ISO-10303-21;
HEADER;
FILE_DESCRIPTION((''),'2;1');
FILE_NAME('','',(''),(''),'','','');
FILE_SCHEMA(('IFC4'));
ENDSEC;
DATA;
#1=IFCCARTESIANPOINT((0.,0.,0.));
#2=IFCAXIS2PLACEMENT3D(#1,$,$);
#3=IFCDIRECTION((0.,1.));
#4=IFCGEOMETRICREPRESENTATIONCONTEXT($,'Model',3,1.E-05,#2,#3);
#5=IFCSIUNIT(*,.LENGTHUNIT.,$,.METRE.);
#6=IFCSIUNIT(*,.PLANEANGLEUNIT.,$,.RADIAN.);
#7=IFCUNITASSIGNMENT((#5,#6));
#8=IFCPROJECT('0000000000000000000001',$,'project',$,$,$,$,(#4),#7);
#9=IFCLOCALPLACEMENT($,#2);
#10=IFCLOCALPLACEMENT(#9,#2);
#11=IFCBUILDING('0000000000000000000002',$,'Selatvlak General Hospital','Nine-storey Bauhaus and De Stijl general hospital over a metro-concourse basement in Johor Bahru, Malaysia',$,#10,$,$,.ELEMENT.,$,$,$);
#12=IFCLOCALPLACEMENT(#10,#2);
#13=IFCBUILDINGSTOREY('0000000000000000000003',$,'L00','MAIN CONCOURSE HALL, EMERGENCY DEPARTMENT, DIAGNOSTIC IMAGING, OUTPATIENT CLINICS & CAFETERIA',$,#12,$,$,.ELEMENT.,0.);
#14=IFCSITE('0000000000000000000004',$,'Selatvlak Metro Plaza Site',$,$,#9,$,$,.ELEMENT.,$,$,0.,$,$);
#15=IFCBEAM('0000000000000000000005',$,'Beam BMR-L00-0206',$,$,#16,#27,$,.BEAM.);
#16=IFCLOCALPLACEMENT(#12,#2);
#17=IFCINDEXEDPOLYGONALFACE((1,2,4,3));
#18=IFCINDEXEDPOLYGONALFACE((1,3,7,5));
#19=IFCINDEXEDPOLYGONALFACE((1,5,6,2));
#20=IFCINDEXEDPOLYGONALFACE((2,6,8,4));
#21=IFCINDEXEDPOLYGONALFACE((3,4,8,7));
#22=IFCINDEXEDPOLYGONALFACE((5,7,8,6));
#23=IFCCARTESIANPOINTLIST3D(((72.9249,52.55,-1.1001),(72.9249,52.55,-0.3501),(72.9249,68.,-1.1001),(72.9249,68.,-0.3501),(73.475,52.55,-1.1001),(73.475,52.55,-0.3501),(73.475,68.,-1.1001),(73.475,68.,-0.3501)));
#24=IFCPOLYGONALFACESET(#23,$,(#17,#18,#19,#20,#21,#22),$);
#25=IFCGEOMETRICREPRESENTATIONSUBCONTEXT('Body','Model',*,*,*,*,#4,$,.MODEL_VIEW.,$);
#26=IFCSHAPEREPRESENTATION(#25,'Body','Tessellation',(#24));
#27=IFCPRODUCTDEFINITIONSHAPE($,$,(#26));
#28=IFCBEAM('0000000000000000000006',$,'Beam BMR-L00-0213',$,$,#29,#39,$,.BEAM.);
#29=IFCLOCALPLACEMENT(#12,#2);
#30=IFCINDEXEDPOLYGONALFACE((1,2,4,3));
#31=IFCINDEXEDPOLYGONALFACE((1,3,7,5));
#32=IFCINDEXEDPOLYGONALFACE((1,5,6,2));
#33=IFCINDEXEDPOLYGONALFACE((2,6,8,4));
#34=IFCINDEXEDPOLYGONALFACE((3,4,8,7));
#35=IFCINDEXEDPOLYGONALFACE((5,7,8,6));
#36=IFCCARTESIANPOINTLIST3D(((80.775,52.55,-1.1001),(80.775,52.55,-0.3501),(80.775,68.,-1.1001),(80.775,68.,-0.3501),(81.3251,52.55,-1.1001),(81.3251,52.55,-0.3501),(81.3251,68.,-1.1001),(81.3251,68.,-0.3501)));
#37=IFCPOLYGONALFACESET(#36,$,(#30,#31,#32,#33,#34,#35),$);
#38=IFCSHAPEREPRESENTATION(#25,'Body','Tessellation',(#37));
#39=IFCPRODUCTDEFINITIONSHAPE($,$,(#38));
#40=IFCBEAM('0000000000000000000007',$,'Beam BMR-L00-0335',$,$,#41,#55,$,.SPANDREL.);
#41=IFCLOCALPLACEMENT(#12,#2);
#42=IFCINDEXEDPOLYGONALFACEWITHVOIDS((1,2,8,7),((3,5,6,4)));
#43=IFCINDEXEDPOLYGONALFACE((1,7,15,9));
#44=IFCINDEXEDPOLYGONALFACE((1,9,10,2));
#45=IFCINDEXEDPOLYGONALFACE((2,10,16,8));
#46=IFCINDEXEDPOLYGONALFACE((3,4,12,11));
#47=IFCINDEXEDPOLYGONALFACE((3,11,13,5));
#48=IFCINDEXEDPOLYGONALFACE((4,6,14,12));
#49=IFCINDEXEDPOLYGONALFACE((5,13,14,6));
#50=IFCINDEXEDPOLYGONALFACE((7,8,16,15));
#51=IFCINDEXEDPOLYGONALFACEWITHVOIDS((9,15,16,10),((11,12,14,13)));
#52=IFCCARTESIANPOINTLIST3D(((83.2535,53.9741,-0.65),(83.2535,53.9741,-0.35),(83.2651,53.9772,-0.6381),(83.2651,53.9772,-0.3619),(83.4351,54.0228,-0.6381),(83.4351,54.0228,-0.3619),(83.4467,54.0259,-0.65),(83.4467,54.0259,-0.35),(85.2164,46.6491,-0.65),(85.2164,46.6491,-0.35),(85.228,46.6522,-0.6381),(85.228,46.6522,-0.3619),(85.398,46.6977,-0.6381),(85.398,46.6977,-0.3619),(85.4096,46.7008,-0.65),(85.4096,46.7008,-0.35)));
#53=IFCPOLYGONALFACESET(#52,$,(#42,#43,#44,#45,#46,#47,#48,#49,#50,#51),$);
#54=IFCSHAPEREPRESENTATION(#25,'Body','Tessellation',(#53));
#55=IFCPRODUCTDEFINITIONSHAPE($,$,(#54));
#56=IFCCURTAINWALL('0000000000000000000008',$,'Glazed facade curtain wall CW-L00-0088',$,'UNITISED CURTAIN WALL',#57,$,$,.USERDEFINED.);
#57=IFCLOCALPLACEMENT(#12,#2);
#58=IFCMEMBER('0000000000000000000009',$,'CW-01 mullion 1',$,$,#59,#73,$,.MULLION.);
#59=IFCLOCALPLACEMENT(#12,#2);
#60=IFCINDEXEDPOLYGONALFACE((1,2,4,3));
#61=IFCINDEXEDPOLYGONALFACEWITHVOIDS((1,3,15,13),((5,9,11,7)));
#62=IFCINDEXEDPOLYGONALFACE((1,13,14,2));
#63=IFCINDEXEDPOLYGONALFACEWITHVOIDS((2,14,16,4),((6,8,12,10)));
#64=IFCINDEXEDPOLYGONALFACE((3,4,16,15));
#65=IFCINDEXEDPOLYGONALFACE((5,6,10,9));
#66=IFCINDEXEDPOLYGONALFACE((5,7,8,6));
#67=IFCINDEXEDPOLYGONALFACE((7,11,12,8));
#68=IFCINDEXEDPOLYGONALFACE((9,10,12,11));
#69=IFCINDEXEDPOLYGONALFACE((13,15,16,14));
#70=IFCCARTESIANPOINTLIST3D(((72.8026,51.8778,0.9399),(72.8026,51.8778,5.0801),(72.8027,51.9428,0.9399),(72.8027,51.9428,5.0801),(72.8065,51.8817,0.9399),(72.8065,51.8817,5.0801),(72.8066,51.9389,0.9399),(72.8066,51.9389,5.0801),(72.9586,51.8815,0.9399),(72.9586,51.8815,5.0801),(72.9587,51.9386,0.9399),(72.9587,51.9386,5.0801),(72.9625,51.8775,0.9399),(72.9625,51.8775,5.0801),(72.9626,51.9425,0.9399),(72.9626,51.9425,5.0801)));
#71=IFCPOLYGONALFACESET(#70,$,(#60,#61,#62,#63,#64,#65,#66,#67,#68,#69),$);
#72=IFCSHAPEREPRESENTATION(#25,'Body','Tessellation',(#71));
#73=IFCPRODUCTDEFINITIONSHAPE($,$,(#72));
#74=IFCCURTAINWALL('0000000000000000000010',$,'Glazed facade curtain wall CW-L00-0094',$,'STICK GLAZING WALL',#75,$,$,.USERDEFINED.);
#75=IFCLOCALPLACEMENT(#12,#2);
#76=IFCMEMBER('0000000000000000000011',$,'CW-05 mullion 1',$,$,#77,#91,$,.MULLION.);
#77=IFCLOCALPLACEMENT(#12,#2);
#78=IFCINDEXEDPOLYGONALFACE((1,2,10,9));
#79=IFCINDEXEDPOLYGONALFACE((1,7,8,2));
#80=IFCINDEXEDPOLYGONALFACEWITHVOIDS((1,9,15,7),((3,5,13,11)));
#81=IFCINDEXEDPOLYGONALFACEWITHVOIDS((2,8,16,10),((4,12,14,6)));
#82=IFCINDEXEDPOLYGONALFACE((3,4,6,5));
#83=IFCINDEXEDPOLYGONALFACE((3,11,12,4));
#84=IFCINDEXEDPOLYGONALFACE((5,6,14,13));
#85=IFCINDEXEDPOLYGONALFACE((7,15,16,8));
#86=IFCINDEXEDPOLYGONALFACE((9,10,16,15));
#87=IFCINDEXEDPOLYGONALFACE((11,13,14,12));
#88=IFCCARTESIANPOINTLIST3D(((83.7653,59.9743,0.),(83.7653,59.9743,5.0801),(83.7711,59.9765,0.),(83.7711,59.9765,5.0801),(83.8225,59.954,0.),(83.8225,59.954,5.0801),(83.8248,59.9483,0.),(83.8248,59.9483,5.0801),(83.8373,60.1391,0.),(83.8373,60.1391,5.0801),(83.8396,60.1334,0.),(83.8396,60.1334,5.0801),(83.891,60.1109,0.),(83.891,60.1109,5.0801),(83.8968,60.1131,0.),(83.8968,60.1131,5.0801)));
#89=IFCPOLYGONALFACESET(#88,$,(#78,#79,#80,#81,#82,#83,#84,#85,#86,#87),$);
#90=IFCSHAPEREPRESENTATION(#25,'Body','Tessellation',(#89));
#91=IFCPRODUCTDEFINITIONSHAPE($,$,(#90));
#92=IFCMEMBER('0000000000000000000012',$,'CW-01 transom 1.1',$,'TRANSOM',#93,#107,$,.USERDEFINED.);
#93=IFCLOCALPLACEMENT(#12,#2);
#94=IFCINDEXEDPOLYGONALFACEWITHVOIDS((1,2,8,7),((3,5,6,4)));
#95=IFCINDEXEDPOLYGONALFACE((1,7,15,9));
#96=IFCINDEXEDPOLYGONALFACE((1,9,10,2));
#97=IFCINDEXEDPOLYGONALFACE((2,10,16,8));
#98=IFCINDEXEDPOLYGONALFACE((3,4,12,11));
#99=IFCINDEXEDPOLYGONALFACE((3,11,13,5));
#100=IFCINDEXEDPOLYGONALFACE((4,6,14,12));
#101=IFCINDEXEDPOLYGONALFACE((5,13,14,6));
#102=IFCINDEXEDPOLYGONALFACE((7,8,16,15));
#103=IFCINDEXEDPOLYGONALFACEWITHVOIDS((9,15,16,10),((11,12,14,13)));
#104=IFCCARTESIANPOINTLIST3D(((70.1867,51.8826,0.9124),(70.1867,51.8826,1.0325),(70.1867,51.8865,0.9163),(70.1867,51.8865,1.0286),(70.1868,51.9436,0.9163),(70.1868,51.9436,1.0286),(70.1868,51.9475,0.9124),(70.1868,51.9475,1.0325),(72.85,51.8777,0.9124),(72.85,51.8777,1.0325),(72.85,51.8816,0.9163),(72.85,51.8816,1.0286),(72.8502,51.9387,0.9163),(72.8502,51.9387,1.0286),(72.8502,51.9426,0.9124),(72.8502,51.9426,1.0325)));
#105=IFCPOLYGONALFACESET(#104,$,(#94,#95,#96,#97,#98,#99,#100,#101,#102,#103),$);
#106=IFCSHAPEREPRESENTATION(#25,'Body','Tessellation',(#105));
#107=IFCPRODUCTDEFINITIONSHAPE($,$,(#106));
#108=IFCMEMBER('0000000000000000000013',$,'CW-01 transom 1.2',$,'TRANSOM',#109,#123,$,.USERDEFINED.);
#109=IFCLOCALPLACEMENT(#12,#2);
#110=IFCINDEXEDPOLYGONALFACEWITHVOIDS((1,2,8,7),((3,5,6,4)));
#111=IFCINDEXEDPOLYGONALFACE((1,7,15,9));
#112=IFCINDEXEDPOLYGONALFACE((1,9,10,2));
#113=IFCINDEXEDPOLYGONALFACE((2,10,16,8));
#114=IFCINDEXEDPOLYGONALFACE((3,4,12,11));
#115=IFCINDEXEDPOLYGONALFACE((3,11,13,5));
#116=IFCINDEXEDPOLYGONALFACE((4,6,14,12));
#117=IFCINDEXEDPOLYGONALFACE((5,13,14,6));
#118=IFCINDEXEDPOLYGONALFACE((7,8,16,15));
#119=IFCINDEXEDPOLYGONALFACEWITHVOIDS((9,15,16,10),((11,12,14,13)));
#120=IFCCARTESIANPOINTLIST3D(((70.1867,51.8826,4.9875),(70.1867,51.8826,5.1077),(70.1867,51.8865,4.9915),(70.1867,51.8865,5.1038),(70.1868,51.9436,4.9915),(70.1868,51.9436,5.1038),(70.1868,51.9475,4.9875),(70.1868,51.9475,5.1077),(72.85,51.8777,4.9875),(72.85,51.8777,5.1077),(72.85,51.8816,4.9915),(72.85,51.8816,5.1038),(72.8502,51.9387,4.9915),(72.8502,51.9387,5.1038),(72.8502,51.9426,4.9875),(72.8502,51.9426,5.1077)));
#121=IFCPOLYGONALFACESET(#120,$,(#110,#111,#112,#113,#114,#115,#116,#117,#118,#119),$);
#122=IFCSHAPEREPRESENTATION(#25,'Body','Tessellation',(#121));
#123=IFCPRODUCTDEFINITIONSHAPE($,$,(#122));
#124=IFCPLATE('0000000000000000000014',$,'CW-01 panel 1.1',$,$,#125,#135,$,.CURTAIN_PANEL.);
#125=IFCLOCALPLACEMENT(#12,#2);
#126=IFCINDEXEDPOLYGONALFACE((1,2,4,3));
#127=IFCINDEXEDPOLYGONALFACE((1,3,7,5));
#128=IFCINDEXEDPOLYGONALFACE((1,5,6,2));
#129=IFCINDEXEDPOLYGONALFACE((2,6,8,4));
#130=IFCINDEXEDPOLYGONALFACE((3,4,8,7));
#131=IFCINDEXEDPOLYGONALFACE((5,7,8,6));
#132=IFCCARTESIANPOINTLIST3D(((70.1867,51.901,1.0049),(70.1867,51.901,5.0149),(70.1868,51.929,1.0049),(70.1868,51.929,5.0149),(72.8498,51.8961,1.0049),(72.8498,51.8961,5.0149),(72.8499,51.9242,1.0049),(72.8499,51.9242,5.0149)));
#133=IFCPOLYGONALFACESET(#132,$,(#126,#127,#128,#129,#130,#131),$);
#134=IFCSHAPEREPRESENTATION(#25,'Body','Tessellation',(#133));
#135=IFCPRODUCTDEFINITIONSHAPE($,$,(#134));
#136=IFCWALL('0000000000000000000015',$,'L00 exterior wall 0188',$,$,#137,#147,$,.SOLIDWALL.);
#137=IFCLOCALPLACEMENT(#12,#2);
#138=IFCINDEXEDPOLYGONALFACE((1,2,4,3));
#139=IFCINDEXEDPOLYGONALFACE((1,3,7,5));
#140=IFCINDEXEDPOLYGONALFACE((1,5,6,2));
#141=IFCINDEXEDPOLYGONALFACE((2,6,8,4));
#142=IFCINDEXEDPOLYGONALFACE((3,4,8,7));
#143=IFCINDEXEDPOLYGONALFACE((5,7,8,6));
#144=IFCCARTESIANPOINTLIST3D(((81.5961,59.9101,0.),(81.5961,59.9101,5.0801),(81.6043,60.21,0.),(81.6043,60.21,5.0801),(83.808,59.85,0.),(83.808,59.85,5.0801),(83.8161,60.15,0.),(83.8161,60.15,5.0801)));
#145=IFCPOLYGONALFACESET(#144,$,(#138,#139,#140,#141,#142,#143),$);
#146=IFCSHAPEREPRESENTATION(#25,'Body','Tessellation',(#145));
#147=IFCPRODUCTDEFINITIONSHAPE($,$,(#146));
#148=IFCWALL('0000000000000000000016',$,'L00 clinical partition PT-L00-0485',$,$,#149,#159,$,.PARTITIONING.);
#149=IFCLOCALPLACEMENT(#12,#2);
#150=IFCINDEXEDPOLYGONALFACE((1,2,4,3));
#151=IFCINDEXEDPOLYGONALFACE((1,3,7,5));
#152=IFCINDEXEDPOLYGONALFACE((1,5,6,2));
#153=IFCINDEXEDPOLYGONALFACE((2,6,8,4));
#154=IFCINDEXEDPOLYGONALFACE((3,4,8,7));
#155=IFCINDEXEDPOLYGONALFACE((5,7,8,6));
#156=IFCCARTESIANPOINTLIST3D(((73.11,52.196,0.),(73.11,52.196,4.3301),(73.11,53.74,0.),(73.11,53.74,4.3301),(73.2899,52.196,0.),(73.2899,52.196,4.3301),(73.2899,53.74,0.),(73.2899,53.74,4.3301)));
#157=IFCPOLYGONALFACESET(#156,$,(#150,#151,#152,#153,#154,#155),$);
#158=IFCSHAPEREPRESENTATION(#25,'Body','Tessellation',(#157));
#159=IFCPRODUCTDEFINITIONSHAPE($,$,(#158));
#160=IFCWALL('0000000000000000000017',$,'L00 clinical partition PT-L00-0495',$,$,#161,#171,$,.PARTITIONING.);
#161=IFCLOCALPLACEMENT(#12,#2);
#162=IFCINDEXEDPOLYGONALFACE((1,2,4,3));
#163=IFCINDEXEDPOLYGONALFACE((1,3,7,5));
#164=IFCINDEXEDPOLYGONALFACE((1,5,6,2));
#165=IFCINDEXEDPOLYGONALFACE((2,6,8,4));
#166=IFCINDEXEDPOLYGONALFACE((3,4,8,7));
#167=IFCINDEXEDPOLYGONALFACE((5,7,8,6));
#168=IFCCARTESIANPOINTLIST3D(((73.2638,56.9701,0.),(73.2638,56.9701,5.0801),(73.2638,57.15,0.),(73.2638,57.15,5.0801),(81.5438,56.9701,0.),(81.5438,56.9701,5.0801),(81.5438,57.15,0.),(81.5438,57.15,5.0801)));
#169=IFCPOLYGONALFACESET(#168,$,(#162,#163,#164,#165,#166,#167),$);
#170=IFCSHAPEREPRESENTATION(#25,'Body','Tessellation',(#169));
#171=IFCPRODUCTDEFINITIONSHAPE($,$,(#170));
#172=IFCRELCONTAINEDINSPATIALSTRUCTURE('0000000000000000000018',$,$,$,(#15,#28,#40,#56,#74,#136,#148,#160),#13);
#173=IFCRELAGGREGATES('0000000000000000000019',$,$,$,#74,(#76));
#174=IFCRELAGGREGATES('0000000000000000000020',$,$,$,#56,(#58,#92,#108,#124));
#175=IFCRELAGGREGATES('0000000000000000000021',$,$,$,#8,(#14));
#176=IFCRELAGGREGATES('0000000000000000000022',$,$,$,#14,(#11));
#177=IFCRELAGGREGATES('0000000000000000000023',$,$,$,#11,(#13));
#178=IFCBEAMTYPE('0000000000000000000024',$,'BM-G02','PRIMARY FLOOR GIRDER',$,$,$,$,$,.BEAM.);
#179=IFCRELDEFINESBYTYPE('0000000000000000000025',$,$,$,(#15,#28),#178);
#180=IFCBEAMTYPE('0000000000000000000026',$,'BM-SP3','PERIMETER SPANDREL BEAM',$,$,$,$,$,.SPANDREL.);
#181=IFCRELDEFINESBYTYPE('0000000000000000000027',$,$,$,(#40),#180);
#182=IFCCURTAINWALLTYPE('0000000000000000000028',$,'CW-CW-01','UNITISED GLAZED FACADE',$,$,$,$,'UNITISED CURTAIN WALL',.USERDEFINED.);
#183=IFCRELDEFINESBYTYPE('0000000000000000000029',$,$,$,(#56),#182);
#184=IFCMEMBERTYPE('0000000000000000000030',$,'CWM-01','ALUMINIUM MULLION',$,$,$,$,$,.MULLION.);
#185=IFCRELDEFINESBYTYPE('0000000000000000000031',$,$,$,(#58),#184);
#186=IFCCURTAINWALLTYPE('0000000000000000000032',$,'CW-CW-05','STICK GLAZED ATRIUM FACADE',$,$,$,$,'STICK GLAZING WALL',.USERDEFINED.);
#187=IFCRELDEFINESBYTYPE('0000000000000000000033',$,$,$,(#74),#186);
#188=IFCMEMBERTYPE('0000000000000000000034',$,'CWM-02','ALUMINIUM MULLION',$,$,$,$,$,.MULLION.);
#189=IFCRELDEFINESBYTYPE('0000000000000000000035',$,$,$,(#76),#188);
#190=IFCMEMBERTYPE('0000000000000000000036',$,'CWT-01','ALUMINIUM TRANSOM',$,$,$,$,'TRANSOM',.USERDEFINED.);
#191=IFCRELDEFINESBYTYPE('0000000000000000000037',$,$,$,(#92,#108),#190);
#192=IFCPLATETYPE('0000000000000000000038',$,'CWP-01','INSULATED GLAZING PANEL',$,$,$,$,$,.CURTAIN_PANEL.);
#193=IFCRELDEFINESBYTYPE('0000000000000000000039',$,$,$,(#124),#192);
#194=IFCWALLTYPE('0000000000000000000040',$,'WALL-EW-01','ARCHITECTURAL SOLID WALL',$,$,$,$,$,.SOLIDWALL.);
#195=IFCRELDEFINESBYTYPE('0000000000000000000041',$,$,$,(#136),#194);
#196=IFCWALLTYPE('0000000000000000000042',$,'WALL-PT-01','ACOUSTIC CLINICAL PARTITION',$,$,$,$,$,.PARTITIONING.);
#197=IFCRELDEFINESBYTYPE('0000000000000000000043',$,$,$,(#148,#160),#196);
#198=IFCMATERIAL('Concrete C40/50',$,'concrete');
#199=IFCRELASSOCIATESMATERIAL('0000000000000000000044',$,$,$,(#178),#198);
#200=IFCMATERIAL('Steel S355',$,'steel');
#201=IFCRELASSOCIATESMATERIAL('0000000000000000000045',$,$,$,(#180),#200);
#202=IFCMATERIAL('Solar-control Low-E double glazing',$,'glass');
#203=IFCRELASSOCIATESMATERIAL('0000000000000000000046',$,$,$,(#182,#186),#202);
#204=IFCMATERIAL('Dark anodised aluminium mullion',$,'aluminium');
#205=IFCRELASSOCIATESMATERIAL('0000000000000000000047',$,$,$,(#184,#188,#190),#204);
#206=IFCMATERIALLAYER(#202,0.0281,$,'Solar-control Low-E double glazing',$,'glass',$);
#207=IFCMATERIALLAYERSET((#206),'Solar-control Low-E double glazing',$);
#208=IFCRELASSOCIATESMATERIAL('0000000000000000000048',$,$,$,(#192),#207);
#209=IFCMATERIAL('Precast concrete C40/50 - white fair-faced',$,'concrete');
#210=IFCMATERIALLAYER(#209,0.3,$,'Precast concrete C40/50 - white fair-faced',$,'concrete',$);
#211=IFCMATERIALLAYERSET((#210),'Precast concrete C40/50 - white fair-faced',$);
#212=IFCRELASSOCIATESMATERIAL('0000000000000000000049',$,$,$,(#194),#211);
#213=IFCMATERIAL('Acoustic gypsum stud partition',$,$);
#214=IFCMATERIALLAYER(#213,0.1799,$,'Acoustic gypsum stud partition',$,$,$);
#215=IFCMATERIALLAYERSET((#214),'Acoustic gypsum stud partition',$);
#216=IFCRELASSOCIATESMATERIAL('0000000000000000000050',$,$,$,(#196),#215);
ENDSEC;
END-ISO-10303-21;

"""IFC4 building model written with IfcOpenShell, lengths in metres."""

from ifc_helpers import new_model, si_unit, direction, frame, frame_2d, origin, origin_2d, place, context, subcontext, project, spatial, rectangle, hollow_rectangle, extrude, material, layer, layer_set, material_profile, profile_set, type_object, element, aggregate, save


model = new_model("IFC4")

# Units and contexts
model_context = context("Model", 3, precision=1e-05, world=origin(), true_north=direction((0.0, 1.0)))
body_context = subcontext(model_context, "Body", "Model", "MODEL_VIEW")
ifc_project = project(units=[si_unit("LENGTHUNIT", "METRE"), si_unit("PLANEANGLEUNIT", "RADIAN")], contexts=[model_context])

# Site, building, storey
site_placement = place(None, origin())
site = spatial("IfcSite", under=ifc_project, at=site_placement, Name="Selatvlak Metro Plaza Site", CompositionType="ELEMENT", RefElevation=0.0)
building_placement = place(site_placement, origin())
building = spatial("IfcBuilding", under=site, at=building_placement, Name="Selatvlak General Hospital", Description="Nine-storey Bauhaus and De Stijl general hospital over a metro-concourse basement in Johor Bahru, Malaysia", CompositionType="ELEMENT")
storey_placement = place(building_placement, origin())
storey = spatial("IfcBuildingStorey", under=building, at=storey_placement, Name="L00", Description="MAIN CONCOURSE HALL, EMERGENCY DEPARTMENT, DIAGNOSTIC IMAGING, OUTPATIENT CLINICS & CAFETERIA", CompositionType="ELEMENT", Elevation=0.0)

# Shared definitions
ifc_material_1 = material(Name="Steel S355", Category="steel")

# Beams
ifc_material_2 = material(Name="Concrete C40/50", Category="concrete")
ifc_material_profile_1 = material_profile(ifc_material_2, rectangle(XDim=0.55, YDim=0.75, at=origin_2d()), Name="RC-BM 550x750")
ifc_profile_set_1 = profile_set([ifc_material_profile_1], Name="Concrete C40/50")
beam_type_1 = type_object("IfcBeamType", Name="BM-G02", Description="PRIMARY FLOOR GIRDER", PredefinedType="BEAM", material=ifc_profile_set_1)
for number, where, z_axis, x_axis, name in (
    (1, (73.2, 52.55, -0.7251), (0.0, 1.0, 0.0), (-1.0, 0.0, 0.0), "Beam BMR-L00-0206"),
    (2, (81.05, 52.55, -0.7251), (0.0, 1.0, 0.0), (-1.0, 0.0, 0.0), "Beam BMR-L00-0213"),
):
    element("IfcBeam", number, at=place(storey_placement, frame(where, z_axis=z_axis, x_axis=x_axis)), inside=storey, type_object=beam_type_1, Name=name, PredefinedType="BEAM", context=body_context, shape_type="SweptSolid", body=[
        extrude(rectangle(XDim=0.55, YDim=0.75, at=origin_2d()), origin(), (0.0, 0.0, 1.0), 15.45),
    ])
ifc_material_profile_2 = material_profile(ifc_material_1, hollow_rectangle(XDim=0.2, YDim=0.3, WallThickness=0.012, at=origin_2d()), Name="RHS 300x200x12")
ifc_profile_set_2 = profile_set([ifc_material_profile_2], Name="Steel S355")
beam_type_2 = type_object("IfcBeamType", Name="BM-SP3", Description="PERIMETER SPANDREL BEAM", PredefinedType="SPANDREL", material=ifc_profile_set_2)
beam_1_placement = place(storey_placement, frame((83.3501, 54.0, -0.5), z_axis=(0.258841, -0.96592, 0.0), x_axis=(0.96592, 0.258841, 0.0)))
element("IfcBeam", 3, at=beam_1_placement, inside=storey, type_object=beam_type_2, Name="Beam BMR-L00-0335", PredefinedType="SPANDREL", context=body_context, shape_type="SweptSolid", body=[
    extrude(hollow_rectangle(XDim=0.2, YDim=0.3, WallThickness=0.012, at=origin_2d()), origin(), (0.0, 0.0, 1.0), 7.5835),
])

# Curtain walls, members
ifc_material_3 = material(Name="Solar-control Low-E double glazing", Category="glass")
curtain_wall_type_1 = type_object("IfcCurtainWallType", Name="CW-CW-01", Description="UNITISED GLAZED FACADE", ElementType="UNITISED CURTAIN WALL", PredefinedType="USERDEFINED", material=ifc_material_3)
curtain_wall_1_placement = place(storey_placement, origin())
curtain_wall_1 = element("IfcCurtainWall", 4, at=curtain_wall_1_placement, inside=storey, type_object=curtain_wall_type_1, Name="Glazed facade curtain wall CW-L00-0088", ObjectType="UNITISED CURTAIN WALL", PredefinedType="USERDEFINED")
ifc_material_4 = material(Name="Dark anodised aluminium mullion", Category="aluminium")
ifc_material_profile_3 = material_profile(ifc_material_4, hollow_rectangle(XDim=0.0649, YDim=0.1599, WallThickness=0.0039, at=origin_2d()), Name="AL-MUL 65x160x4")
ifc_profile_set_3 = profile_set([ifc_material_profile_3], Name="Dark anodised aluminium mullion")
member_type_1 = type_object("IfcMemberType", Name="CWM-01", Description="ALUMINIUM MULLION", PredefinedType="MULLION", material=ifc_profile_set_3)
member_1_placement = place(storey_placement, frame((72.8826, 51.9102, 0.9399), z_axis=(0.0, 0.0, 1.0), x_axis=(-0.001811, -0.999998, 0.0)))
member_1 = element("IfcMember", 5, at=member_1_placement, type_object=member_type_1, Name="CW-01 mullion 1", PredefinedType="MULLION", context=body_context, shape_type="SweptSolid", body=[
    extrude(hollow_rectangle(XDim=0.0649, YDim=0.1599, WallThickness=0.0039, at=origin_2d()), origin(), (0.0, 0.0, 1.0), 4.1401),
])
curtain_wall_type_2 = type_object("IfcCurtainWallType", Name="CW-CW-05", Description="STICK GLAZED ATRIUM FACADE", ElementType="STICK GLAZING WALL", PredefinedType="USERDEFINED", material=ifc_material_3)
curtain_wall_2_placement = place(storey_placement, origin())
curtain_wall_2 = element("IfcCurtainWall", 6, at=curtain_wall_2_placement, inside=storey, type_object=curtain_wall_type_2, Name="Glazed facade curtain wall CW-L00-0094", ObjectType="STICK GLAZING WALL", PredefinedType="USERDEFINED")
ifc_material_profile_4 = material_profile(ifc_material_4, hollow_rectangle(XDim=0.0649, YDim=0.1799, WallThickness=0.0044, at=origin_2d()), Name="AL-MUL 65x180x4.5")
ifc_profile_set_4 = profile_set([ifc_material_profile_4], Name="Dark anodised aluminium mullion")
member_type_2 = type_object("IfcMemberType", Name="CWM-02", Description="ALUMINIUM MULLION", PredefinedType="MULLION", material=ifc_profile_set_4)
member_2_placement = place(storey_placement, frame((83.8311, 60.0437, 0.0), z_axis=(0.0, 0.0, 1.0), x_axis=(-0.916341, 0.4004, 0.0)))
member_2 = element("IfcMember", 7, at=member_2_placement, type_object=member_type_2, Name="CW-05 mullion 1", PredefinedType="MULLION", context=body_context, shape_type="SweptSolid", body=[
    extrude(hollow_rectangle(XDim=0.0649, YDim=0.1799, WallThickness=0.0044, at=origin_2d()), origin(), (0.0, 0.0, 1.0), 5.0801),
])
aggregate(curtain_wall_2, [member_2])

# Members
ifc_material_profile_5 = material_profile(ifc_material_4, hollow_rectangle(XDim=0.0649, YDim=0.1201, WallThickness=0.0039, at=origin_2d()), Name="AL-TRN 65x120x4")
ifc_profile_set_5 = profile_set([ifc_material_profile_5], Name="Dark anodised aluminium mullion")
member_type_3 = type_object("IfcMemberType", Name="CWT-01", Description="ALUMINIUM TRANSOM", ElementType="TRANSOM", PredefinedType="USERDEFINED", material=ifc_profile_set_5)
member_3_placement = place(storey_placement, frame((72.8501, 51.9102, 0.9724), z_axis=(-0.999998, 0.001833, 0.0), x_axis=(-0.001833, -0.999998, 0.0)))
member_3 = element("IfcMember", 8, at=member_3_placement, type_object=member_type_3, Name="CW-01 transom 1.1", ObjectType="TRANSOM", PredefinedType="USERDEFINED", context=body_context, shape_type="SweptSolid", body=[
    extrude(hollow_rectangle(XDim=0.0649, YDim=0.1201, WallThickness=0.0039, at=origin_2d()), origin(), (0.0, 0.0, 1.0), 2.6633),
])
member_4_placement = place(storey_placement, frame((72.8501, 51.9102, 5.0476), z_axis=(-0.999998, 0.001833, 0.0), x_axis=(-0.001833, -0.999998, 0.0)))
member_4 = element("IfcMember", 9, at=member_4_placement, type_object=member_type_3, Name="CW-01 transom 1.2", ObjectType="TRANSOM", PredefinedType="USERDEFINED", context=body_context, shape_type="SweptSolid", body=[
    extrude(hollow_rectangle(XDim=0.0649, YDim=0.1201, WallThickness=0.0039, at=origin_2d()), origin(), (0.0, 0.0, 1.0), 2.6633),
])

# Plate
ifc_layer_1 = layer(ifc_material_3, 0.0281, Name="Solar-control Low-E double glazing", Category="glass")
ifc_layer_set_1 = layer_set([ifc_layer_1], Name="Solar-control Low-E double glazing")
plate_type = type_object("IfcPlateType", Name="CWP-01", Description="INSULATED GLAZING PANEL", PredefinedType="CURTAIN_PANEL", material=ifc_layer_set_1)
plate_placement = place(storey_placement, frame((71.5183, 51.9126, 1.0049), z_axis=(0.0, 0.0, 1.0), x_axis=(-0.999998, 0.001811, 0.0)))
plate = element("IfcPlate", 10, at=plate_placement, type_object=plate_type, Name="CW-01 panel 1.1", PredefinedType="CURTAIN_PANEL", context=body_context, shape_type="SweptSolid", body=[
    extrude(rectangle(XDim=2.6631, YDim=0.0281, at=origin_2d()), origin(), (0.0, 0.0, 1.0), 4.01),
])
aggregate(curtain_wall_1, [member_1, member_3, member_4, plate])

# Walls
ifc_material_5 = material(Name="Precast concrete C40/50 - white fair-faced", Category="concrete")
ifc_layer_2 = layer(ifc_material_5, 0.3, Name="Precast concrete C40/50 - white fair-faced", Category="concrete")
ifc_layer_set_2 = layer_set([ifc_layer_2], Name="Precast concrete C40/50 - white fair-faced")
wall_type_1 = type_object("IfcWallType", Name="WALL-EW-01", Description="ARCHITECTURAL SOLID WALL", PredefinedType="SOLIDWALL", material=ifc_layer_set_2)
wall_1_placement = place(storey_placement, frame((81.6001, 60.0601, 0.0), z_axis=(0.0, 0.0, 1.0), x_axis=(0.999632, -0.027142, 0.0)))
element("IfcWall", 11, at=wall_1_placement, inside=storey, type_object=wall_type_1, Name="L00 exterior wall 0188", PredefinedType="SOLIDWALL", context=body_context, shape_type="SweptSolid", body=[
    extrude(rectangle(XDim=2.2126, YDim=0.3, at=frame_2d((1.1064, 0.0))), origin(), (0.0, 0.0, 1.0), 5.0801),
])
ifc_material_6 = material(Name="Acoustic gypsum stud partition")
ifc_layer_3 = layer(ifc_material_6, 0.1799, Name="Acoustic gypsum stud partition")
ifc_layer_set_3 = layer_set([ifc_layer_3], Name="Acoustic gypsum stud partition")
wall_type_2 = type_object("IfcWallType", Name="WALL-PT-01", Description="ACOUSTIC CLINICAL PARTITION", PredefinedType="PARTITIONING", material=ifc_layer_set_3)
wall_2_placement = place(storey_placement, frame((73.2, 52.196, 0.0), z_axis=(0.0, 0.0, 1.0), x_axis=(0.0, 1.0, 0.0)))
element("IfcWall", 12, at=wall_2_placement, inside=storey, type_object=wall_type_2, Name="L00 clinical partition PT-L00-0485", PredefinedType="PARTITIONING", context=body_context, shape_type="SweptSolid", body=[
    extrude(rectangle(XDim=1.5439, YDim=0.1799, at=frame_2d((0.772, 0.0))), origin(), (0.0, 0.0, 1.0), 4.3301),
])
wall_3_placement = place(storey_placement, frame((81.5439, 57.0601, 0.0), z_axis=(0.0, 0.0, 1.0), x_axis=(-1.0, 0.0, 0.0)))
element("IfcWall", 13, at=wall_3_placement, inside=storey, type_object=wall_type_2, Name="L00 clinical partition PT-L00-0495", PredefinedType="PARTITIONING", context=body_context, shape_type="SweptSolid", body=[
    extrude(rectangle(XDim=8.28, YDim=0.1799, at=frame_2d((4.1401, 0.0))), origin(), (0.0, 0.0, 1.0), 5.0801),
])

save(model, "model.ifc")
